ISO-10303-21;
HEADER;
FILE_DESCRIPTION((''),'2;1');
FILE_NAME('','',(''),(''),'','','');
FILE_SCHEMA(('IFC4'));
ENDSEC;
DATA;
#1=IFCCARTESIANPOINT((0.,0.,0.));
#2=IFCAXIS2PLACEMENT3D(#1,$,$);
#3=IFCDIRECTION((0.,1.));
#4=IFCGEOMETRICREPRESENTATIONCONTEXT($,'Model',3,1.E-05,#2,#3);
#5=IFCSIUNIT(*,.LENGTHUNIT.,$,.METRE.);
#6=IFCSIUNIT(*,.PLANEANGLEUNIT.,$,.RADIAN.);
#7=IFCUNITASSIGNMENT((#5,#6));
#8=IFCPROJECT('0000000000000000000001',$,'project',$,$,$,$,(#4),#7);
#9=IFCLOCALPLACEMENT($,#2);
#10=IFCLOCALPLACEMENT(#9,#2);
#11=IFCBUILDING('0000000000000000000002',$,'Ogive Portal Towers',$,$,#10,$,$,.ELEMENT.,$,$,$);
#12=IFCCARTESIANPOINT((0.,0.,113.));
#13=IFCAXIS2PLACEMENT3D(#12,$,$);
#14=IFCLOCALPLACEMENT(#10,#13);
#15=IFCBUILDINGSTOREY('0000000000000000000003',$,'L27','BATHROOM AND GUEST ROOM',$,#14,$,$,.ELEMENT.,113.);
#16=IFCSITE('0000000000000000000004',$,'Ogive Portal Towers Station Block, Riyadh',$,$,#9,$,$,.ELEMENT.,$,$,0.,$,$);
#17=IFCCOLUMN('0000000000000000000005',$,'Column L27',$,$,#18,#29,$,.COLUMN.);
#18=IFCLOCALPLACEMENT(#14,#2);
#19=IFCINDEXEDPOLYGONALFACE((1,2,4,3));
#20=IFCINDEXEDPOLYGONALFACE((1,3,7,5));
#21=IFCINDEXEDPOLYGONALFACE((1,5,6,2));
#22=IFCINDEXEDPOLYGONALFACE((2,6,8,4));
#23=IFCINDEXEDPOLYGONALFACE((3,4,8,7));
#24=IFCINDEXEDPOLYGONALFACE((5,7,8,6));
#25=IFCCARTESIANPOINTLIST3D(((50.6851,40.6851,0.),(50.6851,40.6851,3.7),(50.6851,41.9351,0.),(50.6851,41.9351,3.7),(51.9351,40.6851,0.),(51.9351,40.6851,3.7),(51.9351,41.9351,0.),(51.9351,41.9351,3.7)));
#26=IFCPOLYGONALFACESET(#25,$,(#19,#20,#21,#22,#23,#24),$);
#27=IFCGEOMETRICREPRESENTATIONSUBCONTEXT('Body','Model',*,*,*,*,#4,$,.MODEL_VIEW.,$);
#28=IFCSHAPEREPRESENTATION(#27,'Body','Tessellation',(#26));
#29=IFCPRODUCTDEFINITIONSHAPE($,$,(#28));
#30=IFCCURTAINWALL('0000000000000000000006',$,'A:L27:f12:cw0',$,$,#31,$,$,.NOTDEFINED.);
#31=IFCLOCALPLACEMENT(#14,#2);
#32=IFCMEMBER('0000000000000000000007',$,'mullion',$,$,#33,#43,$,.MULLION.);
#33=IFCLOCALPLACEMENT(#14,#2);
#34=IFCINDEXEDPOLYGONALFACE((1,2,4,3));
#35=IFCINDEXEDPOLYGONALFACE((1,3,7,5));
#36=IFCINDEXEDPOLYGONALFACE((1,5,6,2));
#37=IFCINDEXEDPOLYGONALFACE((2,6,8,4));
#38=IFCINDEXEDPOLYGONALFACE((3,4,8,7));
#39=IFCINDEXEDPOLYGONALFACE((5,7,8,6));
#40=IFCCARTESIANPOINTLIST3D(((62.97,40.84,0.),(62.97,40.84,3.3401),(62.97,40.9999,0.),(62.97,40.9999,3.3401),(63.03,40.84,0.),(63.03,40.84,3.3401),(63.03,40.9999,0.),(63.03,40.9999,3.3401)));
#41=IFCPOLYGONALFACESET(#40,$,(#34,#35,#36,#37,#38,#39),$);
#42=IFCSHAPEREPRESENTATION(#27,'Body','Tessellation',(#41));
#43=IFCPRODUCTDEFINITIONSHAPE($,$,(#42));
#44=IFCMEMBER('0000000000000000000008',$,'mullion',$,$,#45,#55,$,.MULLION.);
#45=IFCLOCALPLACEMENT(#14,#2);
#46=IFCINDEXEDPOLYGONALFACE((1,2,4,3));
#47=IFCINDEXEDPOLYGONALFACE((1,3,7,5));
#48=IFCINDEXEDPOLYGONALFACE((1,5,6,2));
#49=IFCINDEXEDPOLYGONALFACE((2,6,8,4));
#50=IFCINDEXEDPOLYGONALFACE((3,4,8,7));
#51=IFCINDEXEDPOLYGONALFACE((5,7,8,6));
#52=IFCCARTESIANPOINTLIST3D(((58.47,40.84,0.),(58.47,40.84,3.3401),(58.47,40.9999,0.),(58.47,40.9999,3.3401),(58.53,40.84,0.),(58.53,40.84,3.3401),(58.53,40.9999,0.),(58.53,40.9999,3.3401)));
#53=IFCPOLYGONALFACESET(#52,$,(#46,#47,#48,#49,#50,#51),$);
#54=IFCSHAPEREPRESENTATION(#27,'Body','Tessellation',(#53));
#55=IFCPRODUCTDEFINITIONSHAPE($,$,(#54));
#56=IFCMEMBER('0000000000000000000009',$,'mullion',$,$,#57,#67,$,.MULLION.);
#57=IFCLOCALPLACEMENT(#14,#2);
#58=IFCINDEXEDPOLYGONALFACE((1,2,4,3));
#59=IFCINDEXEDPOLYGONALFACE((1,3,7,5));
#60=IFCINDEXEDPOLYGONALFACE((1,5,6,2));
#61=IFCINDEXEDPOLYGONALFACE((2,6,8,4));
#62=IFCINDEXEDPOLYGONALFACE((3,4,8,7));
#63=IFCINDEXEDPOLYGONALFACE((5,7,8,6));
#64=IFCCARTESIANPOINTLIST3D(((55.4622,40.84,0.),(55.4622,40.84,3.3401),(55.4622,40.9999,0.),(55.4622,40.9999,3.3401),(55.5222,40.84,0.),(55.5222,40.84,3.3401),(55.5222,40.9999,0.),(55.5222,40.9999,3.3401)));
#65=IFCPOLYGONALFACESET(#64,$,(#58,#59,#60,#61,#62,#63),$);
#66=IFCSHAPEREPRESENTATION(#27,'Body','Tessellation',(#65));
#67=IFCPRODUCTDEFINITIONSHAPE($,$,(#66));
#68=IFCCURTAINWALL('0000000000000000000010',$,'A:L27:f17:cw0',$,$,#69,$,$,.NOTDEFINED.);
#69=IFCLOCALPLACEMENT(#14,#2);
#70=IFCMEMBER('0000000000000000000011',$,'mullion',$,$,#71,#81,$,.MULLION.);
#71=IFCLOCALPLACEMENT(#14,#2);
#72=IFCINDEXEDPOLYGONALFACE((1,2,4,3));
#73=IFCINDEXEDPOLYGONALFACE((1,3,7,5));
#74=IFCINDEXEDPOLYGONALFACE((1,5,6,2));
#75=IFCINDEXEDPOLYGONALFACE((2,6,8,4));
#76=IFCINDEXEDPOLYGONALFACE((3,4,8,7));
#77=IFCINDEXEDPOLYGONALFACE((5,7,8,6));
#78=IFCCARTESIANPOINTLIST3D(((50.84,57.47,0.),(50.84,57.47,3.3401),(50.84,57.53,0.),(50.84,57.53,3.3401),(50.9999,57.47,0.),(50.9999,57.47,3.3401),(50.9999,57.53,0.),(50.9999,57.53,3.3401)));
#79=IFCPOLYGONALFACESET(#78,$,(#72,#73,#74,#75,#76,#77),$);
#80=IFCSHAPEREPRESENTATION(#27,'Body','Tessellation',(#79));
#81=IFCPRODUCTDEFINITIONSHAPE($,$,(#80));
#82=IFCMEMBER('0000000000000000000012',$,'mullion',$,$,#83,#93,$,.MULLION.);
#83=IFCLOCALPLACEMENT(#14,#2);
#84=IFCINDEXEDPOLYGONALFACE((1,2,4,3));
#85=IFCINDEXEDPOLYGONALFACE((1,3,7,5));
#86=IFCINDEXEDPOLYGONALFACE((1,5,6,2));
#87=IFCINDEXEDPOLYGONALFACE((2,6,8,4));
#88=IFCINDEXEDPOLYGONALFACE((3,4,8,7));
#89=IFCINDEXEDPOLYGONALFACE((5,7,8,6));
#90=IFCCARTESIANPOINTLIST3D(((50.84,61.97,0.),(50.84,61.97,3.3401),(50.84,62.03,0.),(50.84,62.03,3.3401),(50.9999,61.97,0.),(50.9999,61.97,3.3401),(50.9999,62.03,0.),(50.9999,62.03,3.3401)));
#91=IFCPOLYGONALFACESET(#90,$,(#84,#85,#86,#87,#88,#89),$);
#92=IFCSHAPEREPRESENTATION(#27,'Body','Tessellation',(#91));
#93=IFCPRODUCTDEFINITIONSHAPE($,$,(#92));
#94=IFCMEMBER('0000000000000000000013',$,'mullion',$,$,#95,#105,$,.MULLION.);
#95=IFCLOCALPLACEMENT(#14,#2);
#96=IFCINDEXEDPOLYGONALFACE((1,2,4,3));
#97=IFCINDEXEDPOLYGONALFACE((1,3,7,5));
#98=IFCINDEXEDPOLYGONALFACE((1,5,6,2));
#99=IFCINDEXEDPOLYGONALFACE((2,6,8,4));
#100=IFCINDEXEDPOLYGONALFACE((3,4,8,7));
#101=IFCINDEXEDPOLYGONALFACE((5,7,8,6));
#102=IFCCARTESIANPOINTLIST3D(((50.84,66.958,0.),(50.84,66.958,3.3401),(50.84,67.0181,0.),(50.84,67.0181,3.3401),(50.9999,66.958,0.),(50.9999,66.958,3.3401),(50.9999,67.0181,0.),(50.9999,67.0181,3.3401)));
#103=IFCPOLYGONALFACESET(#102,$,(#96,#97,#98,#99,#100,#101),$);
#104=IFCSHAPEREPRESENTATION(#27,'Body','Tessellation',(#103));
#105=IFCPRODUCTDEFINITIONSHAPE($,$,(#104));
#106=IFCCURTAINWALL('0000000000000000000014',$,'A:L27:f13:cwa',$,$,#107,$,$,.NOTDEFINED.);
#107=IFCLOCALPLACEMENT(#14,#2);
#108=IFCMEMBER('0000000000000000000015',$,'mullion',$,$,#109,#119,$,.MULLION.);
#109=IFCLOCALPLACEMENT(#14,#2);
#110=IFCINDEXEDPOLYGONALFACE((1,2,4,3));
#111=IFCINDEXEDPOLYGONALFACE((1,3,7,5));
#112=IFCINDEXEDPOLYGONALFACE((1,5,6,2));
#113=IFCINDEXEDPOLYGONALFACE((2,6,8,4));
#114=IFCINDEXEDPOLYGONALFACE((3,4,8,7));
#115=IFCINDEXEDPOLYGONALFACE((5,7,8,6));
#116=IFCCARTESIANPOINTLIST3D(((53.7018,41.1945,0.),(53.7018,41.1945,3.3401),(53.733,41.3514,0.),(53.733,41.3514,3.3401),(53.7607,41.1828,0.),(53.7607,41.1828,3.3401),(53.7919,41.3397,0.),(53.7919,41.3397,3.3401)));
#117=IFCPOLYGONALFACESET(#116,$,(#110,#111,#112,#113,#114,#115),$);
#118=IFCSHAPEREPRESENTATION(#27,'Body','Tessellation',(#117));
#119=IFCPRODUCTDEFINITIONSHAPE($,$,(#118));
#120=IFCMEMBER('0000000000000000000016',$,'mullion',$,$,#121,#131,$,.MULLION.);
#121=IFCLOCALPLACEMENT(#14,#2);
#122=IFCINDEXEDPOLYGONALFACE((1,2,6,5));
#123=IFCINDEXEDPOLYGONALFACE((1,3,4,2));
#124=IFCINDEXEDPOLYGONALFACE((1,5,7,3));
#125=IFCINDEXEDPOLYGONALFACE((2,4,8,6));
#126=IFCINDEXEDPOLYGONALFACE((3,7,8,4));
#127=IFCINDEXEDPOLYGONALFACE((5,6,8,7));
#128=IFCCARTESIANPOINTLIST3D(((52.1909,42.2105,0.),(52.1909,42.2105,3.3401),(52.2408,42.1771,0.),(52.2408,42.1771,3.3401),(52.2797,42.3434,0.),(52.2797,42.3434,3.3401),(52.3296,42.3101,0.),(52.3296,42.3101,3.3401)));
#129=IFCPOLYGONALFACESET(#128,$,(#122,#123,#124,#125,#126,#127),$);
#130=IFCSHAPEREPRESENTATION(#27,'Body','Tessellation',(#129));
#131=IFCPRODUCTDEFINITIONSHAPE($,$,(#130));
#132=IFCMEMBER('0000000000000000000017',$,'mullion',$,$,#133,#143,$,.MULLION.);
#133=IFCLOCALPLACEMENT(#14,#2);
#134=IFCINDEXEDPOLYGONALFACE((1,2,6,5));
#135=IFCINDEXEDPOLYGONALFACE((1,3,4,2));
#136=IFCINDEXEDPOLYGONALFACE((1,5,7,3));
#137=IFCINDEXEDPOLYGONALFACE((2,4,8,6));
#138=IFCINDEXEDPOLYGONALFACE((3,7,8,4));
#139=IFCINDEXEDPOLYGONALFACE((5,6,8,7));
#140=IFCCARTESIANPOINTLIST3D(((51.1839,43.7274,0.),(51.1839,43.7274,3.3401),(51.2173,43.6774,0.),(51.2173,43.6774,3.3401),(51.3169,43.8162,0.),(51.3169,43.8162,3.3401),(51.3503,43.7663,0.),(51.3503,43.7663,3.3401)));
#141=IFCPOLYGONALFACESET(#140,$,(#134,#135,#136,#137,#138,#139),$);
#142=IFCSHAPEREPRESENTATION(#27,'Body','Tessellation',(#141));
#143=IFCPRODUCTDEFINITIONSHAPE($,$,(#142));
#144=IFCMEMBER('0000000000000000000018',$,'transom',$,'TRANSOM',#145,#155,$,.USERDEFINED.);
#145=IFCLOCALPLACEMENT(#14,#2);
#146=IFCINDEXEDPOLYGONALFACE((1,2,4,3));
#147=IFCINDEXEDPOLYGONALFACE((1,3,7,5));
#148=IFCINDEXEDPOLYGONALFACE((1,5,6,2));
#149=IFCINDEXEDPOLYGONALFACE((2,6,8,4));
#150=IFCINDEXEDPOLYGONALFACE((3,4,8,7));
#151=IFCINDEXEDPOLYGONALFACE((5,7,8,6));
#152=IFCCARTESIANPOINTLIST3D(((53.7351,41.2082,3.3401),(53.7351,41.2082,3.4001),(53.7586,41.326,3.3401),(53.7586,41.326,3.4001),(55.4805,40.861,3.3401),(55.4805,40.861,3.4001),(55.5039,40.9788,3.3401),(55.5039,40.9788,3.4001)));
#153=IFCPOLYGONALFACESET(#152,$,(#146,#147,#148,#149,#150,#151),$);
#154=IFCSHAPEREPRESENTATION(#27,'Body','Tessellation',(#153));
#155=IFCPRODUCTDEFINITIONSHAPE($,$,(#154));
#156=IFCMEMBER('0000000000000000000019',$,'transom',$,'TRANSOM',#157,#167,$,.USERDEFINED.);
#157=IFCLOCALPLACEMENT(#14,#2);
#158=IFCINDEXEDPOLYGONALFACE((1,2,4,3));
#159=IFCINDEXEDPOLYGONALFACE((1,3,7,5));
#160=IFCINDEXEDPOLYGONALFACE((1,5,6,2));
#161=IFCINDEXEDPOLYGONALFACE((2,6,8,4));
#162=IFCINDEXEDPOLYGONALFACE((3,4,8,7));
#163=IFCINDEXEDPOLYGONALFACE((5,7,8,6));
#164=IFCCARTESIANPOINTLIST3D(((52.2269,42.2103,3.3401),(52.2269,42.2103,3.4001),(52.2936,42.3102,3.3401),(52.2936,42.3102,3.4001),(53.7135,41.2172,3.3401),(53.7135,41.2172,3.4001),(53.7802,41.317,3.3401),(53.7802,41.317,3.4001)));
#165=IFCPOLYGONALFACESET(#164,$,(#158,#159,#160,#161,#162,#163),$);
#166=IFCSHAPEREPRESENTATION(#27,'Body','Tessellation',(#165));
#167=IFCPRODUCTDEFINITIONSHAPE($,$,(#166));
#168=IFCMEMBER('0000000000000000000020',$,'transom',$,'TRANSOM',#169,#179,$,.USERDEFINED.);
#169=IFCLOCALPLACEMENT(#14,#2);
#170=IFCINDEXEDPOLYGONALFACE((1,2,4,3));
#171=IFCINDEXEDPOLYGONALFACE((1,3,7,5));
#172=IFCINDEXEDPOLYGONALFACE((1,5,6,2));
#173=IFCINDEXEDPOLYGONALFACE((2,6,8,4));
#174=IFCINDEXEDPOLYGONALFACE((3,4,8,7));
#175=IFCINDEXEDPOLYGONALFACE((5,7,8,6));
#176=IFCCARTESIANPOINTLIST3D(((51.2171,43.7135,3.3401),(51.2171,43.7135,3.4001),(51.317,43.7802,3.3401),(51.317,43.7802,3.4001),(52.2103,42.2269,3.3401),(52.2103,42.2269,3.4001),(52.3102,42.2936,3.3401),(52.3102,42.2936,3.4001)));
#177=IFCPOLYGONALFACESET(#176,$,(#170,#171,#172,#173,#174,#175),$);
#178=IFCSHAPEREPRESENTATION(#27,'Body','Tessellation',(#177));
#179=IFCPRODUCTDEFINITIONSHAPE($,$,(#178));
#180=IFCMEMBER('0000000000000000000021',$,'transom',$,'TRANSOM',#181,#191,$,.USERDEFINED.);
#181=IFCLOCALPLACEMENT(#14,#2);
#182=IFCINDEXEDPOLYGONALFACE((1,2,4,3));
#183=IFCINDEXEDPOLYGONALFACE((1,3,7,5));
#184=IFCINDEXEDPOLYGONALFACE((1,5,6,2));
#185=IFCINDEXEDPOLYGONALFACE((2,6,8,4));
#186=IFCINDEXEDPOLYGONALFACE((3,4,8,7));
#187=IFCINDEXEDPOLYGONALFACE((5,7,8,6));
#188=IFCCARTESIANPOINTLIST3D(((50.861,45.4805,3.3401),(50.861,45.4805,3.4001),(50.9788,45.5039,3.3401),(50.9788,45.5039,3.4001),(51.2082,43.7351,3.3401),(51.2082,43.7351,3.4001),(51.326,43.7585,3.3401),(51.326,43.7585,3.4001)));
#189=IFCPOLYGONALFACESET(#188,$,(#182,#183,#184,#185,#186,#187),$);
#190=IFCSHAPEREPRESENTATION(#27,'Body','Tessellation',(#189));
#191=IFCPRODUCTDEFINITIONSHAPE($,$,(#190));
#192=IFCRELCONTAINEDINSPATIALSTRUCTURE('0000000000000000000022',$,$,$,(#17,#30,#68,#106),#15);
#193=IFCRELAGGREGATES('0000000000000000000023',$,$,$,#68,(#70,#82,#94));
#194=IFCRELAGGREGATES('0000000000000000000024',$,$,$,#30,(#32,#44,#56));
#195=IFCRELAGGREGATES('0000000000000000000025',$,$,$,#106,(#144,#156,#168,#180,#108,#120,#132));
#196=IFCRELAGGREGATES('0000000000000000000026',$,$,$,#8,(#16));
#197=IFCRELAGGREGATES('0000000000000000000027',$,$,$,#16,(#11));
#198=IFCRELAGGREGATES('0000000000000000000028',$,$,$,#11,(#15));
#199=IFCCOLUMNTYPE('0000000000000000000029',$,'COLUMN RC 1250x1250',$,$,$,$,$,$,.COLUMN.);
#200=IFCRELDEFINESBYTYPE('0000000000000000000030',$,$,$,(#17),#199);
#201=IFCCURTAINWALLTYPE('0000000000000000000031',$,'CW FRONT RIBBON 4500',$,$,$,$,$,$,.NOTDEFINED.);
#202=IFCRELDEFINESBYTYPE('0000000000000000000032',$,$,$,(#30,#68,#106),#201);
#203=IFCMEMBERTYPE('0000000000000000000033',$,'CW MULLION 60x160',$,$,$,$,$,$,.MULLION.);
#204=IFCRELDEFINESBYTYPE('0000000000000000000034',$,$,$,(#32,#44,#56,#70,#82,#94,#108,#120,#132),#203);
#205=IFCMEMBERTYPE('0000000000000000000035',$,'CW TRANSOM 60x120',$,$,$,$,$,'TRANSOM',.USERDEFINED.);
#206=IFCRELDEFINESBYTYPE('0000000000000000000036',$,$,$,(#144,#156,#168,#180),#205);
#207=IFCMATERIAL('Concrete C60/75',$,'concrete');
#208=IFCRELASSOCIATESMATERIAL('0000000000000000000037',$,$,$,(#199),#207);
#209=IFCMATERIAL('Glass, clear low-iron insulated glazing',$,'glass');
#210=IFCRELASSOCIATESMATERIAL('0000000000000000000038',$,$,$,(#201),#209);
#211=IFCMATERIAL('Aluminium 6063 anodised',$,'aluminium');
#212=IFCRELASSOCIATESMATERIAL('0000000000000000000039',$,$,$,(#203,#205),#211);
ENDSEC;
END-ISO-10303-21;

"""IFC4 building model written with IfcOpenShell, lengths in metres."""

from ifc_helpers import new_model, si_unit, direction, frame, origin, origin_2d, place, context, subcontext, project, spatial, rectangle, extrude, material, material_profile, profile_set, type_object, element, aggregate, save


model = new_model("IFC4")

# Units and contexts
model_context = context("Model", 3, precision=1e-05, world=origin(), true_north=direction((0.0, 1.0)))
body_context = subcontext(model_context, "Body", "Model", "MODEL_VIEW")
ifc_project = project(units=[si_unit("LENGTHUNIT", "METRE"), si_unit("PLANEANGLEUNIT", "RADIAN")], contexts=[model_context])

# Site, building, storey
site_placement = place(None, origin())
site = spatial("IfcSite", under=ifc_project, at=site_placement, Name="Ogive Portal Towers Station Block, Riyadh", CompositionType="ELEMENT", RefElevation=0.0)
building_placement = place(site_placement, origin())
building = spatial("IfcBuilding", under=site, at=building_placement, Name="Ogive Portal Towers", CompositionType="ELEMENT")
storey_placement = place(building_placement, frame((0.0, 0.0, 113.0)))
storey = spatial("IfcBuildingStorey", under=building, at=storey_placement, Name="L27", Description="BATHROOM AND GUEST ROOM", CompositionType="ELEMENT", Elevation=113.0)

# Column
ifc_material_1 = material(Name="Concrete C60/75", Category="concrete")
ifc_material_profile_1 = material_profile(ifc_material_1, rectangle(XDim=1.25, YDim=1.25, at=origin_2d()), Name="RC 1250x1250")
ifc_profile_set_1 = profile_set([ifc_material_profile_1], Name="Concrete C60/75")
column_type = type_object("IfcColumnType", Name="COLUMN RC 1250x1250", PredefinedType="COLUMN", material=ifc_profile_set_1)
column_placement = place(storey_placement, frame((51.3101, 41.3101, 0.0), z_axis=(0.0, 0.0, 1.0), x_axis=(1.0, 0.0, 0.0)))
element("IfcColumn", 1, at=column_placement, inside=storey, type_object=column_type, Name="Column L27", PredefinedType="COLUMN", context=body_context, shape_type="SweptSolid", body=[
    extrude(rectangle(XDim=1.25, YDim=1.25, at=origin_2d()), origin(), (0.0, 0.0, 1.0), 3.7),
])

# Curtain walls, members
ifc_material_2 = material(Name="Glass, clear low-iron insulated glazing", Category="glass")
curtain_wall_type = type_object("IfcCurtainWallType", Name="CW FRONT RIBBON 4500", PredefinedType="NOTDEFINED", material=ifc_material_2)
curtain_wall_1_placement = place(storey_placement, origin())
curtain_wall_1 = element("IfcCurtainWall", 2, at=curtain_wall_1_placement, inside=storey, type_object=curtain_wall_type, Name="A:L27:f12:cw0", PredefinedType="NOTDEFINED")
ifc_material_3 = material(Name="Aluminium 6063 anodised", Category="aluminium")
ifc_material_profile_2 = material_profile(ifc_material_3, rectangle(XDim=0.1599, YDim=0.0601, at=origin_2d()), Name="AL 60x160")
ifc_profile_set_2 = profile_set([ifc_material_profile_2], Name="Aluminium 6063 anodised")
member_type_1 = type_object("IfcMemberType", Name="CW MULLION 60x160", PredefinedType="MULLION", material=ifc_profile_set_2)
member_1_placement = place(storey_placement, frame((63.0, 40.9199, 0.0), z_axis=(0.0, 0.0, 1.0), x_axis=(0.0, -1.0, 0.0)))
member_1 = element("IfcMember", 3, at=member_1_placement, type_object=member_type_1, Name="mullion", PredefinedType="MULLION", context=body_context, shape_type="SweptSolid", body=[
    extrude(rectangle(XDim=0.1599, YDim=0.0601, at=origin_2d()), origin(), (0.0, 0.0, 1.0), 3.3401),
])
member_2_placement = place(storey_placement, frame((58.5, 40.9199, 0.0), z_axis=(0.0, 0.0, 1.0), x_axis=(0.0, -1.0, 0.0)))
member_2 = element("IfcMember", 4, at=member_2_placement, type_object=member_type_1, Name="mullion", PredefinedType="MULLION", context=body_context, shape_type="SweptSolid", body=[
    extrude(rectangle(XDim=0.1599, YDim=0.0601, at=origin_2d()), origin(), (0.0, 0.0, 1.0), 3.3401),
])
member_3_placement = place(storey_placement, frame((55.4922, 40.9199, 0.0), z_axis=(0.0, 0.0, 1.0), x_axis=(0.0, -1.0, 0.0)))
member_3 = element("IfcMember", 5, at=member_3_placement, type_object=member_type_1, Name="mullion", PredefinedType="MULLION", context=body_context, shape_type="SweptSolid", body=[
    extrude(rectangle(XDim=0.1599, YDim=0.0601, at=origin_2d()), origin(), (0.0, 0.0, 1.0), 3.3401),
])
curtain_wall_2_placement = place(storey_placement, origin())
curtain_wall_2 = element("IfcCurtainWall", 6, at=curtain_wall_2_placement, inside=storey, type_object=curtain_wall_type, Name="A:L27:f17:cw0", PredefinedType="NOTDEFINED")
member_4_placement = place(storey_placement, frame((50.9199, 57.5, 0.0), z_axis=(0.0, 0.0, 1.0), x_axis=(-1.0, 0.0, 0.0)))
member_4 = element("IfcMember", 7, at=member_4_placement, type_object=member_type_1, Name="mullion", PredefinedType="MULLION", context=body_context, shape_type="SweptSolid", body=[
    extrude(rectangle(XDim=0.1599, YDim=0.0601, at=origin_2d()), origin(), (0.0, 0.0, 1.0), 3.3401),
])
member_5_placement = place(storey_placement, frame((50.9199, 62.0, 0.0), z_axis=(0.0, 0.0, 1.0), x_axis=(-1.0, 0.0, 0.0)))
member_5 = element("IfcMember", 8, at=member_5_placement, type_object=member_type_1, Name="mullion", PredefinedType="MULLION", context=body_context, shape_type="SweptSolid", body=[
    extrude(rectangle(XDim=0.1599, YDim=0.0601, at=origin_2d()), origin(), (0.0, 0.0, 1.0), 3.3401),
])
member_6_placement = place(storey_placement, frame((50.9199, 66.988, 0.0), z_axis=(0.0, 0.0, 1.0), x_axis=(-1.0, 0.0, 0.0)))
member_6 = element("IfcMember", 9, at=member_6_placement, type_object=member_type_1, Name="mullion", PredefinedType="MULLION", context=body_context, shape_type="SweptSolid", body=[
    extrude(rectangle(XDim=0.1599, YDim=0.0601, at=origin_2d()), origin(), (0.0, 0.0, 1.0), 3.3401),
])
aggregate(curtain_wall_2, [member_4, member_5, member_6])
curtain_wall_3_placement = place(storey_placement, origin())
curtain_wall_3 = element("IfcCurtainWall", 10, at=curtain_wall_3_placement, inside=storey, type_object=curtain_wall_type, Name="A:L27:f13:cwa", PredefinedType="NOTDEFINED")
member_7_placement = place(storey_placement, frame((53.7468, 41.2671, 0.0), z_axis=(0.0, 0.0, 1.0), x_axis=(-0.19509, -0.980785, 0.0)))
member_7 = element("IfcMember", 11, at=member_7_placement, type_object=member_type_1, Name="mullion", PredefinedType="MULLION", context=body_context, shape_type="SweptSolid", body=[
    extrude(rectangle(XDim=0.1599, YDim=0.0601, at=origin_2d()), origin(), (0.0, 0.0, 1.0), 3.3401),
])
member_8_placement = place(storey_placement, frame((52.2603, 42.2603, 0.0), z_axis=(0.0, 0.0, 1.0), x_axis=(-0.55557, -0.83147, 0.0)))
member_8 = element("IfcMember", 12, at=member_8_placement, type_object=member_type_1, Name="mullion", PredefinedType="MULLION", context=body_context, shape_type="SweptSolid", body=[
    extrude(rectangle(XDim=0.1599, YDim=0.0601, at=origin_2d()), origin(), (0.0, 0.0, 1.0), 3.3401),
])
member_9_placement = place(storey_placement, frame((51.2671, 43.7468, 0.0), z_axis=(0.0, 0.0, 1.0), x_axis=(-0.83147, -0.55557, 0.0)))
member_9 = element("IfcMember", 13, at=member_9_placement, type_object=member_type_1, Name="mullion", PredefinedType="MULLION", context=body_context, shape_type="SweptSolid", body=[
    extrude(rectangle(XDim=0.1599, YDim=0.0601, at=origin_2d()), origin(), (0.0, 0.0, 1.0), 3.3401),
])
ifc_material_profile_3 = material_profile(ifc_material_3, rectangle(XDim=0.1201, YDim=0.0601, at=origin_2d()), Name="AL 120x60")
ifc_profile_set_3 = profile_set([ifc_material_profile_3], Name="Aluminium 6063 anodised")
member_type_2 = type_object("IfcMemberType", Name="CW TRANSOM 60x120", ElementType="TRANSOM", PredefinedType="USERDEFINED", material=ifc_profile_set_3)
member_10_placement = place(storey_placement, frame((55.4922, 40.9199, 3.3701), z_axis=(-0.980786, 0.195087, 0.0), x_axis=(-0.195087, -0.980786, 0.0)))
member_10 = element("IfcMember", 14, at=member_10_placement, type_object=member_type_2, Name="transom", ObjectType="TRANSOM", PredefinedType="USERDEFINED", context=body_context, shape_type="SweptSolid", body=[
    extrude(rectangle(XDim=0.1201, YDim=0.0601, at=origin_2d()), origin(), (0.0, 0.0, 1.0), 1.7795),
])
member_11_placement = place(storey_placement, frame((53.7468, 41.2671, 3.3701), z_axis=(-0.831504, 0.555519, 0.0), x_axis=(-0.555519, -0.831504, 0.0)))
member_11 = element("IfcMember", 15, at=member_11_placement, type_object=member_type_2, Name="transom", ObjectType="TRANSOM", PredefinedType="USERDEFINED", context=body_context, shape_type="SweptSolid", body=[
    extrude(rectangle(XDim=0.1201, YDim=0.0601, at=origin_2d()), origin(), (0.0, 0.0, 1.0), 1.7878),
])
member_12_placement = place(storey_placement, frame((52.2603, 42.2603, 3.3701), z_axis=(-0.555519, 0.831504, 0.0), x_axis=(-0.831504, -0.555519, 0.0)))
member_12 = element("IfcMember", 16, at=member_12_placement, type_object=member_type_2, Name="transom", ObjectType="TRANSOM", PredefinedType="USERDEFINED", context=body_context, shape_type="SweptSolid", body=[
    extrude(rectangle(XDim=0.1201, YDim=0.0601, at=origin_2d()), origin(), (0.0, 0.0, 1.0), 1.7878),
])
member_13_placement = place(storey_placement, frame((51.2671, 43.7468, 3.3701), z_axis=(-0.195087, 0.980786, 0.0), x_axis=(-0.980786, -0.195087, 0.0)))
member_13 = element("IfcMember", 17, at=member_13_placement, type_object=member_type_2, Name="transom", ObjectType="TRANSOM", PredefinedType="USERDEFINED", context=body_context, shape_type="SweptSolid", body=[
    extrude(rectangle(XDim=0.1201, YDim=0.0601, at=origin_2d()), origin(), (0.0, 0.0, 1.0), 1.7795),
])

aggregate(curtain_wall_1, [member_1, member_2, member_3])
aggregate(curtain_wall_3, [member_10, member_11, member_12, member_13, member_7, member_8, member_9])

save(model, "model.ifc")
